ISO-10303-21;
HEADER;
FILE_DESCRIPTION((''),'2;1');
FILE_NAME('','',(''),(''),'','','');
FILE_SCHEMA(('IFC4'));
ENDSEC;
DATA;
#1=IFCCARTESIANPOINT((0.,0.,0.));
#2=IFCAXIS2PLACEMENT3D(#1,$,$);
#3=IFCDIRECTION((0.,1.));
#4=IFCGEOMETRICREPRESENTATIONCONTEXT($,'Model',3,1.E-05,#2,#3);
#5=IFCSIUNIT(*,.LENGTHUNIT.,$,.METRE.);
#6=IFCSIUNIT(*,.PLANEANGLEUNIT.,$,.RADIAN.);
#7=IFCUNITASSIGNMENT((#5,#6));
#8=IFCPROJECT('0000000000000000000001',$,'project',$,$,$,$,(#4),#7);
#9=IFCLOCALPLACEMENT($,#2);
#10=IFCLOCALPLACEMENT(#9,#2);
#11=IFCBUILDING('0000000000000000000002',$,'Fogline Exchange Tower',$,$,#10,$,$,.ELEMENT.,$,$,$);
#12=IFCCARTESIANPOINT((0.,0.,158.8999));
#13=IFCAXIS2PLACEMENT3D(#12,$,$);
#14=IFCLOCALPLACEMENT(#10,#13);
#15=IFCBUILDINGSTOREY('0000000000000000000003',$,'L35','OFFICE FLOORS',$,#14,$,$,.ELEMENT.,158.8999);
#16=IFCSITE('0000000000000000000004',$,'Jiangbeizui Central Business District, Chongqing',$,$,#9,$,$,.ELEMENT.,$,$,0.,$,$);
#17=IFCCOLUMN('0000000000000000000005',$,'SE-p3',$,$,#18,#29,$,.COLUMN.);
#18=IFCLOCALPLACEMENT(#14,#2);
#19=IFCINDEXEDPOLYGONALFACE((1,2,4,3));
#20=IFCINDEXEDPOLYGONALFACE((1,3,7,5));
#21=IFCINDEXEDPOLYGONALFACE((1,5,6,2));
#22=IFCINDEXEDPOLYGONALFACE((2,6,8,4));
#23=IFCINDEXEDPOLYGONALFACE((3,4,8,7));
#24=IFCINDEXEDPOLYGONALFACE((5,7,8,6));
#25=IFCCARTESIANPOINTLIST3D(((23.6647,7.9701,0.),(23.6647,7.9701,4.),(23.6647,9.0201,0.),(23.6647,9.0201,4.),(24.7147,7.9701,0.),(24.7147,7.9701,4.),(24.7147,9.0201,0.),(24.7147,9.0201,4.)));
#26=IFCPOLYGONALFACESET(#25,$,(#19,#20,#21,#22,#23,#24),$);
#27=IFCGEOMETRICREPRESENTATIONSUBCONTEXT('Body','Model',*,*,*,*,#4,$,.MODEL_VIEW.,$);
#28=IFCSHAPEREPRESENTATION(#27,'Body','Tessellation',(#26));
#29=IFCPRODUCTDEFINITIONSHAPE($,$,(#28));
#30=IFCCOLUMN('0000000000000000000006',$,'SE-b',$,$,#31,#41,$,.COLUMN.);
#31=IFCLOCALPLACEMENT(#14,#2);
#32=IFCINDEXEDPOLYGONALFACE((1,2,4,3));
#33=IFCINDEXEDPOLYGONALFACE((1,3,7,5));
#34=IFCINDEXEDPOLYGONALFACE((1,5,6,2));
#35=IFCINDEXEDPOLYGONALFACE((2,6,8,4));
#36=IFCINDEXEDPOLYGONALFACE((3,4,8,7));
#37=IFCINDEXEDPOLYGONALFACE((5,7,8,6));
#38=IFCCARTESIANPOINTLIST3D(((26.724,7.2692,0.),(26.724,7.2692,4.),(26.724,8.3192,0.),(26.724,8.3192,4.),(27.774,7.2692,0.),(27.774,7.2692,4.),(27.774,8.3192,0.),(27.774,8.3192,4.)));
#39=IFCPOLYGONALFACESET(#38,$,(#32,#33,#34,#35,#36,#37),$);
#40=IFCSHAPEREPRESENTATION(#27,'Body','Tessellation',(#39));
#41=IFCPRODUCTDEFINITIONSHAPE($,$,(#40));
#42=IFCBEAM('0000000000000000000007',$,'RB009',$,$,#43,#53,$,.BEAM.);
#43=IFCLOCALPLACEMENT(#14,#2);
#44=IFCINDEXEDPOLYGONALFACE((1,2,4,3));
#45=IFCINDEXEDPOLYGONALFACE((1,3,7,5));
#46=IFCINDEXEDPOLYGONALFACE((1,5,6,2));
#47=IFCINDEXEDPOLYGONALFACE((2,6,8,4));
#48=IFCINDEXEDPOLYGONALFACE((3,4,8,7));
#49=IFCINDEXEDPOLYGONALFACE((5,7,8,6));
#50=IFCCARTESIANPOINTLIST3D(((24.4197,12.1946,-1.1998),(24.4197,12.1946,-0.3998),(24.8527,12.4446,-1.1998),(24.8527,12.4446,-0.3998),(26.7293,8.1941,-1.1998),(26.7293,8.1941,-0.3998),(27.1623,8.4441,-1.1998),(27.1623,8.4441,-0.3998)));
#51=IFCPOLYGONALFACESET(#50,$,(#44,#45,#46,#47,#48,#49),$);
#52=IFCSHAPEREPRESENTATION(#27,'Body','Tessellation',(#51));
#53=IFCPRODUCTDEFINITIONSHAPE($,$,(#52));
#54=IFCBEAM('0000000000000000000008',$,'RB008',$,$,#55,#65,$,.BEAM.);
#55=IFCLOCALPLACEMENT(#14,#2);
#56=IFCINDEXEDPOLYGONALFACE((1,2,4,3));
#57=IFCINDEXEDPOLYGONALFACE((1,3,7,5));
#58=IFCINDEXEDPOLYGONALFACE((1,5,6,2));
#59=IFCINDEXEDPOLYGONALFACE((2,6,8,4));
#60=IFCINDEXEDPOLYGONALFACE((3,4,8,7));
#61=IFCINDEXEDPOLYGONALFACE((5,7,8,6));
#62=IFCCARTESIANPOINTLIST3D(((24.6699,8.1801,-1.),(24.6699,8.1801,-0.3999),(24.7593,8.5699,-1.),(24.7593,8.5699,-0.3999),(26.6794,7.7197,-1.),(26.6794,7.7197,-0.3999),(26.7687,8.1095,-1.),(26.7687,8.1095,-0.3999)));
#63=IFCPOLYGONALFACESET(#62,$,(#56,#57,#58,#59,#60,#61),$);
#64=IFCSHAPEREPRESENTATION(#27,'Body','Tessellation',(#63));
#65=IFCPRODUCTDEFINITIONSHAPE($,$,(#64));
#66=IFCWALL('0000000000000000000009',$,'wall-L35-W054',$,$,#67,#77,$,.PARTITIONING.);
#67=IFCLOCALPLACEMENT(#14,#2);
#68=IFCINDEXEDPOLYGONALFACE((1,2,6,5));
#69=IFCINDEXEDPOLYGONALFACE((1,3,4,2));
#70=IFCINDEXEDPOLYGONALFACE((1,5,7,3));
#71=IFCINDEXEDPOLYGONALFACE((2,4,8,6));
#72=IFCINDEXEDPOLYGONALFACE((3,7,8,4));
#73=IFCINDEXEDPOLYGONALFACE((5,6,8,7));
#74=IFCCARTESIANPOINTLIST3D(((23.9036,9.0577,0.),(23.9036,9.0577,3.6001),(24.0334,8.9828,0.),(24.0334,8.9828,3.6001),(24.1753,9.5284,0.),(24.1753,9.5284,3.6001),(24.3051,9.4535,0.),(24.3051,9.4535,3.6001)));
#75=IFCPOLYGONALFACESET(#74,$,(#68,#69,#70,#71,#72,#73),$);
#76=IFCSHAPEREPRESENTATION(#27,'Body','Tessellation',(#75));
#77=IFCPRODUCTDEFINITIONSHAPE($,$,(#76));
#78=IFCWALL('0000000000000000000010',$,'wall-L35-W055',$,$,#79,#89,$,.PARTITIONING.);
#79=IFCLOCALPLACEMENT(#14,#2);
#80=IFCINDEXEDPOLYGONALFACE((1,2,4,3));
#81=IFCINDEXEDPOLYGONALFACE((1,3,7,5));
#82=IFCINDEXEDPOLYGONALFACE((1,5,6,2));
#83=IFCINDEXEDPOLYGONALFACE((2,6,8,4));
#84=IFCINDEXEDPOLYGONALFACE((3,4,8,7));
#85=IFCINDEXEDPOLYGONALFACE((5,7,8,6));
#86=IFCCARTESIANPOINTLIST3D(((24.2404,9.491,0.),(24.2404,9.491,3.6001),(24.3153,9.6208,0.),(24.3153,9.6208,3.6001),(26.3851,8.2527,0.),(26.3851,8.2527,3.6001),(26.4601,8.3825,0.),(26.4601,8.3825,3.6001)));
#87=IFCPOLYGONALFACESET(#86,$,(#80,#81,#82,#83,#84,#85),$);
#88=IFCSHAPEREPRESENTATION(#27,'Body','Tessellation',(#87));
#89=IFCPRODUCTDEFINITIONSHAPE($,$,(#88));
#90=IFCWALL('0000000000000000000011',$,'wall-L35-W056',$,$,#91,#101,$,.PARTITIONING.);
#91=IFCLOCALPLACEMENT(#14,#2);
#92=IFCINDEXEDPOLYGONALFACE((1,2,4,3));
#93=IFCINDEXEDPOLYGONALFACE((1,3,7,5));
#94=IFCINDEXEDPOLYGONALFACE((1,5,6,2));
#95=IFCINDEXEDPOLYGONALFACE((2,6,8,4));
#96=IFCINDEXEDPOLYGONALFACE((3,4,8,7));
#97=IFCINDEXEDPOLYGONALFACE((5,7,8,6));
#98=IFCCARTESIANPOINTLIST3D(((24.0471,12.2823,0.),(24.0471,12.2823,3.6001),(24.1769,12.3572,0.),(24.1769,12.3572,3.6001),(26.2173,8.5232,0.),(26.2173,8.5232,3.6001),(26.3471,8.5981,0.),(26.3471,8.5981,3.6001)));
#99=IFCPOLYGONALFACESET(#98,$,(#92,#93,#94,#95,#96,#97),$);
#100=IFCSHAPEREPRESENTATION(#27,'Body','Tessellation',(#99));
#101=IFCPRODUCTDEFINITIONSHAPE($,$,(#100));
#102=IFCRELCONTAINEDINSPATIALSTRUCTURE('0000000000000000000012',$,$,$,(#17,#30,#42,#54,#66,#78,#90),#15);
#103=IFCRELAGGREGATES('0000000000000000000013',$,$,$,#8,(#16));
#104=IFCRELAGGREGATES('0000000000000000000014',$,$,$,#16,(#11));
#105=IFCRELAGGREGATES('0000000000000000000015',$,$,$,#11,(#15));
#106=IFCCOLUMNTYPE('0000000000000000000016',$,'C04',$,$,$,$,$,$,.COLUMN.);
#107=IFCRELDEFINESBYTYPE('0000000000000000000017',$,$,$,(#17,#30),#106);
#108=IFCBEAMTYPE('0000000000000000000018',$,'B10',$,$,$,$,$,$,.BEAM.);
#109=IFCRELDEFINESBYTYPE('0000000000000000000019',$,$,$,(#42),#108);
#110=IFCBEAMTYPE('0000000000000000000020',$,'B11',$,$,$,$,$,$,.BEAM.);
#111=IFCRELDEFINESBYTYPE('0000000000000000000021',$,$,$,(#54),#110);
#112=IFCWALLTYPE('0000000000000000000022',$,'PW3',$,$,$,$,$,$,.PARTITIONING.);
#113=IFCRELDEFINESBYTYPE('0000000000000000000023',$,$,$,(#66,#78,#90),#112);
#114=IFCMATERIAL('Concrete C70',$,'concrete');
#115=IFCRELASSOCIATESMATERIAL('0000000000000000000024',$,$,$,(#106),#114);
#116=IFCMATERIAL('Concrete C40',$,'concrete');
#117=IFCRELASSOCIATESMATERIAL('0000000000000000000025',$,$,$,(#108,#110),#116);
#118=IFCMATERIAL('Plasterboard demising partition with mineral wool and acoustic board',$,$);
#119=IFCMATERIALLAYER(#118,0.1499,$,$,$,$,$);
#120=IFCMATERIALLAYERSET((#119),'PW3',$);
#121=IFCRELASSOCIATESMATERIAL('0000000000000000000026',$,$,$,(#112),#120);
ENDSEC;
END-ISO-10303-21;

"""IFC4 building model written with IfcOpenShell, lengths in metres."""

from ifc_helpers import new_model, si_unit, direction, frame, frame_2d, origin, origin_2d, place, context, subcontext, project, spatial, rectangle, extrude, material, layer, layer_set, material_profile, profile_set, type_object, element, save


model = new_model("IFC4")

# Units and contexts
model_context = context("Model", 3, precision=1e-05, world=origin(), true_north=direction((0.0, 1.0)))
body_context = subcontext(model_context, "Body", "Model", "MODEL_VIEW")
ifc_project = project(units=[si_unit("LENGTHUNIT", "METRE"), si_unit("PLANEANGLEUNIT", "RADIAN")], contexts=[model_context])

# Site, building, storey
site_placement = place(None, origin())
site = spatial("IfcSite", under=ifc_project, at=site_placement, Name="Jiangbeizui Central Business District, Chongqing", CompositionType="ELEMENT", RefElevation=0.0)
building_placement = place(site_placement, origin())
building = spatial("IfcBuilding", under=site, at=building_placement, Name="Fogline Exchange Tower", CompositionType="ELEMENT")
storey_placement = place(building_placement, frame((0.0, 0.0, 158.8999)))
storey = spatial("IfcBuildingStorey", under=building, at=storey_placement, Name="L35", Description="OFFICE FLOORS", CompositionType="ELEMENT", Elevation=158.8999)

# Columns
ifc_material_1 = material(Name="Concrete C70", Category="concrete")
ifc_material_profile_1 = material_profile(ifc_material_1, rectangle(XDim=1.05, YDim=1.05, at=origin_2d()), Name="RC 1050x1050")
ifc_profile_set_1 = profile_set([ifc_material_profile_1], Name="Concrete C70")
column_type = type_object("IfcColumnType", Name="C04", PredefinedType="COLUMN", material=ifc_profile_set_1)
for number, where, z_axis, x_axis, name in (
    (1, (24.1897, 8.4951, 0.0), (0.0, 0.0, 1.0), (1.0, 0.0, 0.0), "SE-p3"),
    (2, (27.249, 7.7942, 0.0), (0.0, 0.0, 1.0), (1.0, 0.0, 0.0), "SE-b"),
):
    element("IfcColumn", number, at=place(storey_placement, frame(where, z_axis=z_axis, x_axis=x_axis)), inside=storey, type_object=column_type, Name=name, PredefinedType="COLUMN", context=body_context, shape_type="SweptSolid", body=[
        extrude(rectangle(XDim=1.05, YDim=1.05, at=origin_2d()), origin(), (0.0, 0.0, 1.0), 4.0),
    ])

# Beams
ifc_material_2 = material(Name="Concrete C40", Category="concrete")
ifc_material_profile_2 = material_profile(ifc_material_2, rectangle(XDim=0.5, YDim=0.8, at=origin_2d()), Name="RC 500x800")
ifc_profile_set_2 = profile_set([ifc_material_profile_2], Name="Concrete C40")
beam_type_1 = type_object("IfcBeamType", Name="B10", PredefinedType="BEAM", material=ifc_profile_set_2)
beam_1_placement = place(storey_placement, frame((26.9458, 8.3191, -0.7998), z_axis=(-0.499982, 0.866036, 0.0), x_axis=(-0.866036, -0.499982, 0.0)))
element("IfcBeam", 3, at=beam_1_placement, inside=storey, type_object=beam_type_1, Name="RB009", PredefinedType="BEAM", context=body_context, shape_type="SweptSolid", body=[
    extrude(rectangle(XDim=0.5, YDim=0.8, at=origin_2d()), origin(), (0.0, 0.0, 1.0), 4.6194),
])
ifc_material_profile_3 = material_profile(ifc_material_2, rectangle(XDim=0.3999, YDim=0.6001, at=origin_2d()), Name="RC 400x600")
ifc_profile_set_3 = profile_set([ifc_material_profile_3], Name="Concrete C40")
beam_type_2 = type_object("IfcBeamType", Name="B11", PredefinedType="BEAM", material=ifc_profile_set_3)
beam_2_placement = place(storey_placement, frame((24.7146, 8.375, -0.7), z_axis=(0.974739, -0.223346, 0.0), x_axis=(0.223346, 0.974739, 0.0)))
element("IfcBeam", 4, at=beam_2_placement, inside=storey, type_object=beam_type_2, Name="RB008", PredefinedType="BEAM", context=body_context, shape_type="SweptSolid", body=[
    extrude(rectangle(XDim=0.3999, YDim=0.6001, at=origin_2d()), origin(), (0.0, 0.0, 1.0), 2.0615),
])

# Walls
ifc_material_3 = material(Name="Plasterboard demising partition with mineral wool and acoustic board")
ifc_layer_1 = layer(ifc_material_3, 0.1499)
ifc_layer_set_1 = layer_set([ifc_layer_1], Name="PW3")
wall_type_1 = type_object("IfcWallType", Name="PW3", PredefinedType="PARTITIONING", material=ifc_layer_set_1)
wall_1_placement = place(storey_placement, frame((23.9685, 9.0203, 0.0), z_axis=(0.0, 0.0, 1.0), x_axis=(0.499956, 0.866051, 0.0)))
element("IfcWall", 5, at=wall_1_placement, inside=storey, type_object=wall_type_1, Name="wall-L35-W054", PredefinedType="PARTITIONING", context=body_context, shape_type="SweptSolid", body=[
    extrude(rectangle(XDim=0.5435, YDim=0.1499, at=frame_2d((0.2717, 0.0))), origin(), (0.0, 0.0, 1.0), 3.6001),
])
wall_2_placement = place(storey_placement, frame((24.2778, 9.5559, 0.0), z_axis=(0.0, 0.0, 1.0), x_axis=(0.866026, -0.499998, 0.0)))
element("IfcWall", 6, at=wall_2_placement, inside=storey, type_object=wall_type_1, Name="wall-L35-W055", PredefinedType="PARTITIONING", context=body_context, shape_type="SweptSolid", body=[
    extrude(rectangle(XDim=2.4766, YDim=0.1499, at=frame_2d((1.2383, 0.0))), origin(), (0.0, 0.0, 1.0), 3.6001),
])
wall_3_placement = place(storey_placement, frame((26.2822, 8.5605, 0.0), z_axis=(0.0, 0.0, 1.0), x_axis=(-0.499981, 0.866037, 0.0)))
element("IfcWall", 7, at=wall_3_placement, inside=storey, type_object=wall_type_1, Name="wall-L35-W056", PredefinedType="PARTITIONING", context=body_context, shape_type="SweptSolid", body=[
    extrude(rectangle(XDim=4.3406, YDim=0.1499, at=frame_2d((2.1704, 0.0))), origin(), (0.0, 0.0, 1.0), 3.6001),
])

save(model, "model.ifc")
